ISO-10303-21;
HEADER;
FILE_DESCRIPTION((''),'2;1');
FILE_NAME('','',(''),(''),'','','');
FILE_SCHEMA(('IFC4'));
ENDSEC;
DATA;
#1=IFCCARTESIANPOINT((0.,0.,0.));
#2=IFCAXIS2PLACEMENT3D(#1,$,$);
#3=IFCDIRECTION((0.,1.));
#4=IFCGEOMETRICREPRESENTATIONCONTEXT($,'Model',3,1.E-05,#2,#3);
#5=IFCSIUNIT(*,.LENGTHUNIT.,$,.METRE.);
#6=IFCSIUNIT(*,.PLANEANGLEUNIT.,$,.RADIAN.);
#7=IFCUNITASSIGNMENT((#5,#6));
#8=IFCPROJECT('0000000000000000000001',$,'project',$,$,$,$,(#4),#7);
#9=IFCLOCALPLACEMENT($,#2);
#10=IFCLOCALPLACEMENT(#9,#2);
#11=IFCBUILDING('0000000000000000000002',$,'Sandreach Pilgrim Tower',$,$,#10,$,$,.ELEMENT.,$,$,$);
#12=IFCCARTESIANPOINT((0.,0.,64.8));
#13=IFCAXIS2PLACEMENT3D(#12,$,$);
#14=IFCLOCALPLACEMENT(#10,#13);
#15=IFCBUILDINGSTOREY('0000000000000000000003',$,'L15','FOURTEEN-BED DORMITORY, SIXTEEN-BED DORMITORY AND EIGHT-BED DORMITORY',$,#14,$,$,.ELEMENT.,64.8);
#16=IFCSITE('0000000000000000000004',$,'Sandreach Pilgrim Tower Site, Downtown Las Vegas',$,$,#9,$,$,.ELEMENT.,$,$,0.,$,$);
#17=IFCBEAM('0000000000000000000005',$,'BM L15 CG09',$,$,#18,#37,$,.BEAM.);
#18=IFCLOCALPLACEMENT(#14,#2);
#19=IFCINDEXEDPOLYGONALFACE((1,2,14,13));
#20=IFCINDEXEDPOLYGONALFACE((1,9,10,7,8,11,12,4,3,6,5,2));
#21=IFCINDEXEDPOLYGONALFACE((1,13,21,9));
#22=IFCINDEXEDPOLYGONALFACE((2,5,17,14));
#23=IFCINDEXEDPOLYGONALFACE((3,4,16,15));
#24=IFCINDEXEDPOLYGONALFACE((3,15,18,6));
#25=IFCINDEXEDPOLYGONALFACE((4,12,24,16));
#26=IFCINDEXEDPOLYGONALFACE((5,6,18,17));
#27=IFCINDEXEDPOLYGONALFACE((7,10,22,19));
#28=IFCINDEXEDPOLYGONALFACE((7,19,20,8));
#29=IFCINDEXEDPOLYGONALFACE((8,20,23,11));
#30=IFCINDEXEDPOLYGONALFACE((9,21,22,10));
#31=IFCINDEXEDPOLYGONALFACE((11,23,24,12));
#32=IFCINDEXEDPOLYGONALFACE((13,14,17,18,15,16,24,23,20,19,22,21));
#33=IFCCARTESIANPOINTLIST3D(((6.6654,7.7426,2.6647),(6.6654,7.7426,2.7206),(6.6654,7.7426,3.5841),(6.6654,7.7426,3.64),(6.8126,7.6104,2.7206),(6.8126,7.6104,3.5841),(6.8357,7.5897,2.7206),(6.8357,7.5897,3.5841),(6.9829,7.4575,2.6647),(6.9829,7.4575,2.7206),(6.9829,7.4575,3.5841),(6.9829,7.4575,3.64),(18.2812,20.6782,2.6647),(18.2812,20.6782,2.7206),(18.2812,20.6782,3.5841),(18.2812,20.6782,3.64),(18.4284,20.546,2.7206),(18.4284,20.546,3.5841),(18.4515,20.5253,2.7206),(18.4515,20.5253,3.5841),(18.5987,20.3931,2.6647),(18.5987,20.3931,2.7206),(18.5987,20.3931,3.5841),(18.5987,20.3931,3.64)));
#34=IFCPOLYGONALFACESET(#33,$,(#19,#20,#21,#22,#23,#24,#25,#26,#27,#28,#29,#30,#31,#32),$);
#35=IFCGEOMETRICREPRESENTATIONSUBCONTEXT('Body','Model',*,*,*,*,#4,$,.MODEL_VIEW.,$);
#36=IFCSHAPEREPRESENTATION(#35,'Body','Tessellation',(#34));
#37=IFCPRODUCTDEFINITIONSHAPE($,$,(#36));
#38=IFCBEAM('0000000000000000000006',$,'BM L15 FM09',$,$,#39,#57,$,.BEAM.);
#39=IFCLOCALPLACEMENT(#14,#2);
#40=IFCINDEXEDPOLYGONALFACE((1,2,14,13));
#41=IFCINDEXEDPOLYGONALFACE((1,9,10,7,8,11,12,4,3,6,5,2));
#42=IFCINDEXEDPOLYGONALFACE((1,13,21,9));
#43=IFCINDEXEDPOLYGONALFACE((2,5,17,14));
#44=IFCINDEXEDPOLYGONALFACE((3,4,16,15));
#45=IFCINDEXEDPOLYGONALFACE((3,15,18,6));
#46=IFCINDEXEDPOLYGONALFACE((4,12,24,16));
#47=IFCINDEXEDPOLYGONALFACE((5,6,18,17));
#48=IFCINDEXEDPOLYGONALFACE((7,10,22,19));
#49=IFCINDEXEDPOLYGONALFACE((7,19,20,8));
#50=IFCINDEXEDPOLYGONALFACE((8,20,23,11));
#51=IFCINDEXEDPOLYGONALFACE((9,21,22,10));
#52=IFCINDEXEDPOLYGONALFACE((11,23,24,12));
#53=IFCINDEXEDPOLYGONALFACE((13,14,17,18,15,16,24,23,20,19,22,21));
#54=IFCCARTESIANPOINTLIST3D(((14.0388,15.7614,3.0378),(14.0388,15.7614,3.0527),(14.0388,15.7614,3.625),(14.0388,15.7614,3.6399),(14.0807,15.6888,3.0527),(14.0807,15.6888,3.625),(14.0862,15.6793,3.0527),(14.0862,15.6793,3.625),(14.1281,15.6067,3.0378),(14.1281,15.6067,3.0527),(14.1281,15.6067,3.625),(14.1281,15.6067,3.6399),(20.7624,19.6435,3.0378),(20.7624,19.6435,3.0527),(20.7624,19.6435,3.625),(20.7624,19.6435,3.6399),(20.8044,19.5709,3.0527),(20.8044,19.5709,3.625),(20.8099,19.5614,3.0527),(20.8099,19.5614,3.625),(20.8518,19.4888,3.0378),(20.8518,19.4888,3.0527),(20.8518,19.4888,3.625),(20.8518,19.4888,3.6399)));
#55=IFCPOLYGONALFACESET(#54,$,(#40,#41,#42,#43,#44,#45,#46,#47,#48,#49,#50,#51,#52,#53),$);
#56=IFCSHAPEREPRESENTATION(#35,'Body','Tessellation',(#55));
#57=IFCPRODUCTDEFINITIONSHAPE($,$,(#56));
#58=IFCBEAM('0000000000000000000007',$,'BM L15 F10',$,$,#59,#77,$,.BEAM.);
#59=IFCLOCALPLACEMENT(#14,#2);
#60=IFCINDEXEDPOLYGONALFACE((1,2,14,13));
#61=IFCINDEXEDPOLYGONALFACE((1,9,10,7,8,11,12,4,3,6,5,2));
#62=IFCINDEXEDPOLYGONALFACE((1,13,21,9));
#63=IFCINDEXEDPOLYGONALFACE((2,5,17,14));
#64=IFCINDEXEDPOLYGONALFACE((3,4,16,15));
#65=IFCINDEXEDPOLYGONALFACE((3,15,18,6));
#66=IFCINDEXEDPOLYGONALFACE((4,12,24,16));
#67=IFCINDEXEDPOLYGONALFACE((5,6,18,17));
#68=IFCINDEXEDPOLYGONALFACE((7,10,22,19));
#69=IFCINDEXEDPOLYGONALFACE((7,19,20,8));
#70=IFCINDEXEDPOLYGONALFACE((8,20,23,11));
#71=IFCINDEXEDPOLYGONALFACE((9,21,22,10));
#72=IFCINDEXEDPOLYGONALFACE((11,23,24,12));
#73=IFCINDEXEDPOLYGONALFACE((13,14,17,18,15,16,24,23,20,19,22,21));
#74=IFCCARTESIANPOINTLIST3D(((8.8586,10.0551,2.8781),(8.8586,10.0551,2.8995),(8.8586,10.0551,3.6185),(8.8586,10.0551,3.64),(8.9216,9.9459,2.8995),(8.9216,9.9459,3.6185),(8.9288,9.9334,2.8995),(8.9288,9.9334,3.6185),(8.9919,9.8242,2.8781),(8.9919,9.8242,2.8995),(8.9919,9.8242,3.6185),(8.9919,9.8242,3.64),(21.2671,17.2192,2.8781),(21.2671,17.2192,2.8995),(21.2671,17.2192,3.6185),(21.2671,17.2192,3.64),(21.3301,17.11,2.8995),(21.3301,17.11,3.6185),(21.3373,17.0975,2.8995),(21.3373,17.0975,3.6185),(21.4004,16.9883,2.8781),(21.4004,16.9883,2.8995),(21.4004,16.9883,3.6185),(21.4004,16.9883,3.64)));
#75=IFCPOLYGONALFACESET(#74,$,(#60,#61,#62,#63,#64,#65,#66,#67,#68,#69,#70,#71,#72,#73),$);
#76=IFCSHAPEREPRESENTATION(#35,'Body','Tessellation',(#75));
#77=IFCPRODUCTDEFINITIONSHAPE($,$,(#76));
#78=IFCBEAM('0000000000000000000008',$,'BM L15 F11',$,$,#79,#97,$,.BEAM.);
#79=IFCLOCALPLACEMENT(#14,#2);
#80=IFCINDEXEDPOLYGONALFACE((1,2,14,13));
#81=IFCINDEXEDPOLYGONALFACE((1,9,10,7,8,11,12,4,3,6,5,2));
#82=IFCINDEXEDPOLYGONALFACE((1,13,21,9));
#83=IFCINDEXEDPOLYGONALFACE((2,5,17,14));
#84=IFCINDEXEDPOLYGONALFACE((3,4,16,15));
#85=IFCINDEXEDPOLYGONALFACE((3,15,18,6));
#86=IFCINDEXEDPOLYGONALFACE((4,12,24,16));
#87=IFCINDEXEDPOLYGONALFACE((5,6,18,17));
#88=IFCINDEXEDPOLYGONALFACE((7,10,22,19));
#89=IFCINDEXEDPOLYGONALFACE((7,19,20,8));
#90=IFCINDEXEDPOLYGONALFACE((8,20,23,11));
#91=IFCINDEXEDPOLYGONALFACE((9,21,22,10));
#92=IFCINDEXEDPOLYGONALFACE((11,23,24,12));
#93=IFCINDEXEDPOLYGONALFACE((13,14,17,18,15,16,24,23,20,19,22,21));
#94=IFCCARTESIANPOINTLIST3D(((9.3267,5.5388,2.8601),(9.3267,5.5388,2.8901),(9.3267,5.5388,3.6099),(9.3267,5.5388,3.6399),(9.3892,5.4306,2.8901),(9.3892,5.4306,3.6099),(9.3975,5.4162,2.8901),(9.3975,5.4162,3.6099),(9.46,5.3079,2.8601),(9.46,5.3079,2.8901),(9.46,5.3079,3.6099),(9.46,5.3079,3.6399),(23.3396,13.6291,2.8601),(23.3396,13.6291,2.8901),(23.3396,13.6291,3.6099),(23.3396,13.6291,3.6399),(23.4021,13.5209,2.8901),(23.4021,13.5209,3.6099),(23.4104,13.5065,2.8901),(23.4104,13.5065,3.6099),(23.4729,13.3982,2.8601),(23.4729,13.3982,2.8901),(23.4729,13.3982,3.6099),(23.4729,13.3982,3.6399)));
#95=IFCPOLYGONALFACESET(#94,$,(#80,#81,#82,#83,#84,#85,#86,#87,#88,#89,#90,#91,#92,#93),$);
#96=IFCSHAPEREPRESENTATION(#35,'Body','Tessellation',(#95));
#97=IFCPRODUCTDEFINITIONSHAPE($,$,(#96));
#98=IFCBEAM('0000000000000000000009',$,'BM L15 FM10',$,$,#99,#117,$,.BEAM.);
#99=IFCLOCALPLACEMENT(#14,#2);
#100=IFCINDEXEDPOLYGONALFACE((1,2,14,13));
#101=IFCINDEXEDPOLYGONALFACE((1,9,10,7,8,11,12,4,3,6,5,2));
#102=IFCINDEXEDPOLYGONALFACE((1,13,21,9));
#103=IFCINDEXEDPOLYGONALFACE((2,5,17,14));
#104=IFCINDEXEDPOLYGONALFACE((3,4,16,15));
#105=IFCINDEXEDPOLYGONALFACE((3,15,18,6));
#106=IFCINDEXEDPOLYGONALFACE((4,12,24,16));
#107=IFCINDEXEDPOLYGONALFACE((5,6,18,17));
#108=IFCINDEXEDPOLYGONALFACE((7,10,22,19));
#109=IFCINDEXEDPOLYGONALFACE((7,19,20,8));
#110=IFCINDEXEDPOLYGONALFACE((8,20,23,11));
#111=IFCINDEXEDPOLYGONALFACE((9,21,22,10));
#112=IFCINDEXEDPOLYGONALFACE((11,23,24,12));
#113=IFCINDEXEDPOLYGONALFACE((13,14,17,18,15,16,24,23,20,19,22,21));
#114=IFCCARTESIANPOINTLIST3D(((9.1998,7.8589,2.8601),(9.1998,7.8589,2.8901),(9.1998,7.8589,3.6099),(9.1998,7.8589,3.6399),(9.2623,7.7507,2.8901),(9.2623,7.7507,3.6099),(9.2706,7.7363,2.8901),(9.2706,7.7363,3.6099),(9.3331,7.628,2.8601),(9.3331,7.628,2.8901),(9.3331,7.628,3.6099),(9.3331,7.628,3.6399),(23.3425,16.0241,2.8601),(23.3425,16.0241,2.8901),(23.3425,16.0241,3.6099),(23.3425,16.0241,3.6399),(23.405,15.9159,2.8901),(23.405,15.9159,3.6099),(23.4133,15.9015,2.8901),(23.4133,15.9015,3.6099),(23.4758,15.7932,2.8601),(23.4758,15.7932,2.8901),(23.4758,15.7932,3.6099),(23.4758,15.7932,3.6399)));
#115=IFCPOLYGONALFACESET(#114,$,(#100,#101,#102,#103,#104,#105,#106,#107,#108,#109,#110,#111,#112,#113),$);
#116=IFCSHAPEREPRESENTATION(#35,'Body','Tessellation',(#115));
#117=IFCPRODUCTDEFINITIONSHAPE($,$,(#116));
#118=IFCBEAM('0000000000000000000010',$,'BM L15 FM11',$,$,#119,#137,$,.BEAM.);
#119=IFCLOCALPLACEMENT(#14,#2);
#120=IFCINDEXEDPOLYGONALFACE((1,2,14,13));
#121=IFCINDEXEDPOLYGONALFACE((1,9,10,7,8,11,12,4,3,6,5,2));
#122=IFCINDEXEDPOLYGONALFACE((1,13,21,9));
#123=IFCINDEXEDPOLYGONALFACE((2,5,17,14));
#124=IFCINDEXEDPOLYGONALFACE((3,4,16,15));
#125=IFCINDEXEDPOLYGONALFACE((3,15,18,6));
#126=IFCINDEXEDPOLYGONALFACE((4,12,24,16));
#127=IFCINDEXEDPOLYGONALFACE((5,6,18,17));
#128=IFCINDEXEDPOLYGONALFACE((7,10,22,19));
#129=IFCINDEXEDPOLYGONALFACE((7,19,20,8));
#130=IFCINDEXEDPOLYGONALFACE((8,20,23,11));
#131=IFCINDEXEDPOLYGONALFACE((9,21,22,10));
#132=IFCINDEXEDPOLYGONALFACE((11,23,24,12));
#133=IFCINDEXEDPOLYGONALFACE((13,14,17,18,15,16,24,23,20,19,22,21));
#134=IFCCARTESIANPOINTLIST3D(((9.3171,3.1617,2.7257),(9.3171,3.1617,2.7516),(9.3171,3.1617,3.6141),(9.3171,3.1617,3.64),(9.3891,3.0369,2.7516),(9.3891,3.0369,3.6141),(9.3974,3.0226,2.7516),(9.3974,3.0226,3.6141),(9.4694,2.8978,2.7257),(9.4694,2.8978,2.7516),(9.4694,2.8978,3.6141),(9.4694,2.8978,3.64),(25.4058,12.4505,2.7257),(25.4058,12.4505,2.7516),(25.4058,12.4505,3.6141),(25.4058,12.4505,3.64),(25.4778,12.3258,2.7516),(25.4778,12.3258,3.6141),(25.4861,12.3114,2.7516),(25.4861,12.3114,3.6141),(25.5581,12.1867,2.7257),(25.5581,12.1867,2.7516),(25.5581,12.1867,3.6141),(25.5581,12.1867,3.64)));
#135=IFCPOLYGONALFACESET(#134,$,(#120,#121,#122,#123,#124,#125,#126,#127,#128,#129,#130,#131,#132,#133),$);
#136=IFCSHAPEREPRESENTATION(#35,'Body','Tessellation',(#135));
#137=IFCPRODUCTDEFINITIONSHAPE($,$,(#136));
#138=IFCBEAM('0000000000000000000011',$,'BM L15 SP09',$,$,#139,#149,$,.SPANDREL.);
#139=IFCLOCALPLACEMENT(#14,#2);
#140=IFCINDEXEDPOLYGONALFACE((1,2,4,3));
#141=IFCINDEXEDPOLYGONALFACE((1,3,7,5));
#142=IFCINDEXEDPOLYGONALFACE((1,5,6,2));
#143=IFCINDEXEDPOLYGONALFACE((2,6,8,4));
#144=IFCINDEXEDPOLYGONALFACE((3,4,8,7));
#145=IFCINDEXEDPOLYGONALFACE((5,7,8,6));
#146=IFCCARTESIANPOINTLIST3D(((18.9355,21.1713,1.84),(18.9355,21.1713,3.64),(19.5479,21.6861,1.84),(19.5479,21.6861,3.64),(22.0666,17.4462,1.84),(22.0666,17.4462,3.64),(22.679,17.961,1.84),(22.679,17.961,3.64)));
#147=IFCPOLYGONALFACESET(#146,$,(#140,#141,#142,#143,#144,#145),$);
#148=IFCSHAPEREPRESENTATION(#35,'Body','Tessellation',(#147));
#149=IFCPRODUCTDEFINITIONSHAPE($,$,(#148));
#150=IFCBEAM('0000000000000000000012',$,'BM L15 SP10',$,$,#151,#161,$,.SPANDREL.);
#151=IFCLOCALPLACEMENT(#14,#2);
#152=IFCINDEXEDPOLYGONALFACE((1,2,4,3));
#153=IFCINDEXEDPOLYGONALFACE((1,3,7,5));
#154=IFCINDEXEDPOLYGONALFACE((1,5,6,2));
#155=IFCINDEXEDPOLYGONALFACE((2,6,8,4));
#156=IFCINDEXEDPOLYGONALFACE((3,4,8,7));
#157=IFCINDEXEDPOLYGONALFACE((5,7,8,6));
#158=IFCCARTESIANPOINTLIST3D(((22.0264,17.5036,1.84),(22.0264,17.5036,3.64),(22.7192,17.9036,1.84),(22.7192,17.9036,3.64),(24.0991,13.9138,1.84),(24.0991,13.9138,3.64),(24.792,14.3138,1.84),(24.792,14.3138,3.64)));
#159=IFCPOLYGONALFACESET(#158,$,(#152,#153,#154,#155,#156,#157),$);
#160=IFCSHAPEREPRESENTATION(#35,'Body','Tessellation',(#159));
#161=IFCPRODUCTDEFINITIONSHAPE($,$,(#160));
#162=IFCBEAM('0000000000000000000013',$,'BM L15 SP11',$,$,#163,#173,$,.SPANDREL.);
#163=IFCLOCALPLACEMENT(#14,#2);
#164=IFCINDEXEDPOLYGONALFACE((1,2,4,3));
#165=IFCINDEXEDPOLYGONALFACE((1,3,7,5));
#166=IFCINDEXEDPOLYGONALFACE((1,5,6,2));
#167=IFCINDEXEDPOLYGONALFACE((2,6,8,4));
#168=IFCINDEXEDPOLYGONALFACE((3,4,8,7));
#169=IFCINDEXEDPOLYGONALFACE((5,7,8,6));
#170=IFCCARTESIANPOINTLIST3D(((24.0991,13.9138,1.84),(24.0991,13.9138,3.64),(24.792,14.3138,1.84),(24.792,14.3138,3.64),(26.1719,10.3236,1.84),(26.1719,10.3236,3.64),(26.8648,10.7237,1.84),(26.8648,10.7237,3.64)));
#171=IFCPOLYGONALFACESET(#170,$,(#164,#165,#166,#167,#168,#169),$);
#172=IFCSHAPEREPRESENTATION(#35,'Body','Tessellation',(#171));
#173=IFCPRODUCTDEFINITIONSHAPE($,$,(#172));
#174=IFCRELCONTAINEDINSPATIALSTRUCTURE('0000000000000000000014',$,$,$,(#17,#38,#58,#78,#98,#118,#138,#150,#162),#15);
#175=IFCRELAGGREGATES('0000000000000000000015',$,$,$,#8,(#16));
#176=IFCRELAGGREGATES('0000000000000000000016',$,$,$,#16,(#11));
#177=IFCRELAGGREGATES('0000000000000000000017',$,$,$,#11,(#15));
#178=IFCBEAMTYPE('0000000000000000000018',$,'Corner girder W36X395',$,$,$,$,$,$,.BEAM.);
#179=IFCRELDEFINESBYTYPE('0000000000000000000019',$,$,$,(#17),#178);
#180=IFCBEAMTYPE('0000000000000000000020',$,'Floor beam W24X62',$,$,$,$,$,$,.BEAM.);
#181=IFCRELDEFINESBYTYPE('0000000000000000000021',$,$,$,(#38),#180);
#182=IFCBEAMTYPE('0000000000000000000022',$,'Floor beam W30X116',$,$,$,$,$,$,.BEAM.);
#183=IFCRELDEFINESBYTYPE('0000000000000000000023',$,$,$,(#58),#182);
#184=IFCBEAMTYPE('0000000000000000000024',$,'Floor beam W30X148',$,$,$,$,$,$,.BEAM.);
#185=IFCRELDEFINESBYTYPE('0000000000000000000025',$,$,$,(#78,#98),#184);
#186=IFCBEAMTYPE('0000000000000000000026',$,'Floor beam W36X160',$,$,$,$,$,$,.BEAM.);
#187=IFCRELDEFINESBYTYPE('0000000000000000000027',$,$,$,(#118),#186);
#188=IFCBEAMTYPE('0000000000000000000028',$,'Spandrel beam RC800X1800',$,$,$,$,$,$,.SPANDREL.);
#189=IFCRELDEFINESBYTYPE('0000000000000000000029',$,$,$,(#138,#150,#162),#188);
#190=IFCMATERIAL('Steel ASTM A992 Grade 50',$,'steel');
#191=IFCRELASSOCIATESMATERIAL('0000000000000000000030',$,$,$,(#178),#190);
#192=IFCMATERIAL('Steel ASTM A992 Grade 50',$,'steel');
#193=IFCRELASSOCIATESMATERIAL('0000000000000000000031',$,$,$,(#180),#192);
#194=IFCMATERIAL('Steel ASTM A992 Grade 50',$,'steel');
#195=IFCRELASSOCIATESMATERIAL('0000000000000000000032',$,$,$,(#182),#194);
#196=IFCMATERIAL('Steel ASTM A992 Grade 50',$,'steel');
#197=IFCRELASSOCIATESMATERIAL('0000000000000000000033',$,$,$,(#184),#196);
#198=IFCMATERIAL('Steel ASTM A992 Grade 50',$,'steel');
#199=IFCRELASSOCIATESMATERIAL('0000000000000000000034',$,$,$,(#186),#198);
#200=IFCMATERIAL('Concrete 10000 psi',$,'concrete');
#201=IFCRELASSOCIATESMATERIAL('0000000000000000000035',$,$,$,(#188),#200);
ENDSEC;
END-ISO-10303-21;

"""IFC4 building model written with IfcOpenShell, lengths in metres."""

from ifc_helpers import new_model, si_unit, direction, frame, origin, origin_2d, place, context, subcontext, project, spatial, rectangle, i_section, extrude, material, material_profile, profile_set, type_object, element, save


model = new_model("IFC4")

# Units and contexts
model_context = context("Model", 3, precision=1e-05, world=origin(), true_north=direction((0.0, 1.0)))
body_context = subcontext(model_context, "Body", "Model", "MODEL_VIEW")
ifc_project = project(units=[si_unit("LENGTHUNIT", "METRE"), si_unit("PLANEANGLEUNIT", "RADIAN")], contexts=[model_context])

# Site, building, storey
site_placement = place(None, origin())
site = spatial("IfcSite", under=ifc_project, at=site_placement, Name="Sandreach Pilgrim Tower Site, Downtown Las Vegas", CompositionType="ELEMENT", RefElevation=0.0)
building_placement = place(site_placement, origin())
building = spatial("IfcBuilding", under=site, at=building_placement, Name="Sandreach Pilgrim Tower", CompositionType="ELEMENT")
storey_placement = place(building_placement, frame((0.0, 0.0, 64.8)))
storey = spatial("IfcBuildingStorey", under=building, at=storey_placement, Name="L15", Description="FOURTEEN-BED DORMITORY, SIXTEEN-BED DORMITORY AND EIGHT-BED DORMITORY", CompositionType="ELEMENT", Elevation=64.8)

# Beams
ifc_material_1 = material(Name="Steel ASTM A992 Grade 50", Category="steel")
ifc_material_profile_1 = material_profile(ifc_material_1, i_section(OverallWidth=0.4268, OverallDepth=0.9753, WebThickness=0.031, FlangeThickness=0.0559, at=origin_2d()), Name="W36X395")
ifc_profile_set_1 = profile_set([ifc_material_profile_1], Name="Steel ASTM A992 Grade 50")
beam_type_1 = type_object("IfcBeamType", Name="Corner girder W36X395", PredefinedType="BEAM", material=ifc_profile_set_1)
beam_1_placement = place(storey_placement, frame((18.4399, 20.5356, 3.1523), z_axis=(-0.668129, -0.744045, 0.0), x_axis=(0.744045, -0.668129, 0.0)))
element("IfcBeam", 1, at=beam_1_placement, inside=storey, type_object=beam_type_1, Name="BM L15 CG09", PredefinedType="BEAM", context=body_context, shape_type="SweptSolid", body=[
    extrude(i_section(OverallWidth=0.4268, OverallDepth=0.9753, WebThickness=0.031, FlangeThickness=0.0559, at=origin_2d()), origin(), (0.0, 0.0, 1.0), 17.3855),
])
ifc_material_2 = material(Name="Steel ASTM A992 Grade 50", Category="steel")
ifc_material_profile_2 = material_profile(ifc_material_2, i_section(OverallWidth=0.1787, OverallDepth=0.6021, WebThickness=0.011, FlangeThickness=0.0149, at=origin_2d()), Name="W24X62")
ifc_profile_set_2 = profile_set([ifc_material_profile_2], Name="Steel ASTM A992 Grade 50")
beam_type_2 = type_object("IfcBeamType", Name="Floor beam W24X62", PredefinedType="BEAM", material=ifc_profile_set_2)
beam_2_placement = place(storey_placement, frame((20.8071, 19.5662, 3.3389), z_axis=(-0.866015, -0.500018, 0.0), x_axis=(0.500018, -0.866015, 0.0)))
element("IfcBeam", 2, at=beam_2_placement, inside=storey, type_object=beam_type_2, Name="BM L15 FM09", PredefinedType="BEAM", context=body_context, shape_type="SweptSolid", body=[
    extrude(i_section(OverallWidth=0.1787, OverallDepth=0.6021, WebThickness=0.011, FlangeThickness=0.0149, at=origin_2d()), origin(), (0.0, 0.0, 1.0), 7.7639),
])
ifc_material_3 = material(Name="Steel ASTM A992 Grade 50", Category="steel")
ifc_material_profile_3 = material_profile(ifc_material_3, i_section(OverallWidth=0.2666, OverallDepth=0.762, WebThickness=0.0144, FlangeThickness=0.0215, at=origin_2d()), Name="W30X116")
ifc_profile_set_3 = profile_set([ifc_material_profile_3], Name="Steel ASTM A992 Grade 50")
beam_type_3 = type_object("IfcBeamType", Name="Floor beam W30X116", PredefinedType="BEAM", material=ifc_profile_set_3)
beam_3_placement = place(storey_placement, frame((21.3337, 17.1038, 3.259), z_axis=(-0.866024, -0.500002, 0.0), x_axis=(0.500002, -0.866024, 0.0)))
element("IfcBeam", 3, at=beam_3_placement, inside=storey, type_object=beam_type_3, Name="BM L15 F10", PredefinedType="BEAM", context=body_context, shape_type="SweptSolid", body=[
    extrude(i_section(OverallWidth=0.2666, OverallDepth=0.762, WebThickness=0.0144, FlangeThickness=0.0215, at=origin_2d()), origin(), (0.0, 0.0, 1.0), 14.3281),
])
ifc_material_4 = material(Name="Steel ASTM A992 Grade 50", Category="steel")
ifc_material_profile_4 = material_profile(ifc_material_4, i_section(OverallWidth=0.2666, OverallDepth=0.7798, WebThickness=0.0166, FlangeThickness=0.03, at=origin_2d()), Name="W30X148")
ifc_profile_set_4 = profile_set([ifc_material_profile_4], Name="Steel ASTM A992 Grade 50")
beam_type_4 = type_object("IfcBeamType", Name="Floor beam W30X148", PredefinedType="BEAM", material=ifc_profile_set_4)
beam_4_placement = place(storey_placement, frame((23.4062, 13.5137, 3.25), z_axis=(-0.866027, -0.499998, 0.0), x_axis=(0.499998, -0.866027, 0.0)))
element("IfcBeam", 4, at=beam_4_placement, inside=storey, type_object=beam_type_4, Name="BM L15 F11", PredefinedType="BEAM", context=body_context, shape_type="SweptSolid", body=[
    extrude(i_section(OverallWidth=0.2666, OverallDepth=0.7798, WebThickness=0.0166, FlangeThickness=0.03, at=origin_2d()), origin(), (0.0, 0.0, 1.0), 16.1807),
])
beam_5_placement = place(storey_placement, frame((23.4092, 15.9087, 3.25), z_axis=(-0.866027, -0.499996, 0.0), x_axis=(0.499996, -0.866027, 0.0)))
element("IfcBeam", 5, at=beam_5_placement, inside=storey, type_object=beam_type_4, Name="BM L15 FM10", PredefinedType="BEAM", context=body_context, shape_type="SweptSolid", body=[
    extrude(i_section(OverallWidth=0.2666, OverallDepth=0.7798, WebThickness=0.0166, FlangeThickness=0.03, at=origin_2d()), origin(), (0.0, 0.0, 1.0), 16.3306),
])
ifc_material_5 = material(Name="Steel ASTM A992 Grade 50", Category="steel")
ifc_material_profile_5 = material_profile(ifc_material_5, i_section(OverallWidth=0.3047, OverallDepth=0.9143, WebThickness=0.0166, FlangeThickness=0.0259, at=origin_2d()), Name="W36X160")
ifc_profile_set_5 = profile_set([ifc_material_profile_5], Name="Steel ASTM A992 Grade 50")
beam_type_5 = type_object("IfcBeamType", Name="Floor beam W36X160", PredefinedType="BEAM", material=ifc_profile_set_5)
beam_6_placement = place(storey_placement, frame((25.4819, 12.3186, 3.1829), z_axis=(-0.866024, -0.500002, 0.0), x_axis=(0.500002, -0.866024, 0.0)))
element("IfcBeam", 6, at=beam_6_placement, inside=storey, type_object=beam_type_5, Name="BM L15 FM11", PredefinedType="BEAM", context=body_context, shape_type="SweptSolid", body=[
    extrude(i_section(OverallWidth=0.3047, OverallDepth=0.9143, WebThickness=0.0166, FlangeThickness=0.0259, at=origin_2d()), origin(), (0.0, 0.0, 1.0), 18.5776),
])
ifc_material_6 = material(Name="Concrete 10000 psi", Category="concrete")
ifc_material_profile_6 = material_profile(ifc_material_6, rectangle(XDim=0.8, YDim=1.8, at=origin_2d()), Name="RC800X1800")
ifc_profile_set_6 = profile_set([ifc_material_profile_6], Name="Concrete 10000 psi")
beam_type_6 = type_object("IfcBeamType", Name="Spandrel beam RC800X1800", PredefinedType="SPANDREL", material=ifc_profile_set_6)
beam_7_placement = place(storey_placement, frame((19.2417, 21.4287, 2.74), z_axis=(0.643436, -0.7655, 0.0), x_axis=(0.7655, 0.643436, 0.0)))
element("IfcBeam", 7, at=beam_7_placement, inside=storey, type_object=beam_type_6, Name="BM L15 SP09", PredefinedType="SPANDREL", context=body_context, shape_type="SweptSolid", body=[
    extrude(rectangle(XDim=0.8, YDim=1.8, at=origin_2d()), origin(), (0.0, 0.0, 1.0), 4.8662),
])
beam_8_placement = place(storey_placement, frame((22.3728, 17.7036, 2.74), z_axis=(0.500028, -0.866009, 0.0), x_axis=(0.866009, 0.500028, 0.0)))
element("IfcBeam", 8, at=beam_8_placement, inside=storey, type_object=beam_type_6, Name="BM L15 SP10", PredefinedType="SPANDREL", context=body_context, shape_type="SweptSolid", body=[
    extrude(rectangle(XDim=0.8, YDim=1.8, at=origin_2d()), origin(), (0.0, 0.0, 1.0), 4.1453),
])
beam_9_placement = place(storey_placement, frame((24.4456, 14.1138, 2.74), z_axis=(0.500003, -0.866024, 0.0), x_axis=(0.866024, 0.500003, 0.0)))
element("IfcBeam", 9, at=beam_9_placement, inside=storey, type_object=beam_type_6, Name="BM L15 SP11", PredefinedType="SPANDREL", context=body_context, shape_type="SweptSolid", body=[
    extrude(rectangle(XDim=0.8, YDim=1.8, at=origin_2d()), origin(), (0.0, 0.0, 1.0), 4.1455),
])

save(model, "model.ifc")
